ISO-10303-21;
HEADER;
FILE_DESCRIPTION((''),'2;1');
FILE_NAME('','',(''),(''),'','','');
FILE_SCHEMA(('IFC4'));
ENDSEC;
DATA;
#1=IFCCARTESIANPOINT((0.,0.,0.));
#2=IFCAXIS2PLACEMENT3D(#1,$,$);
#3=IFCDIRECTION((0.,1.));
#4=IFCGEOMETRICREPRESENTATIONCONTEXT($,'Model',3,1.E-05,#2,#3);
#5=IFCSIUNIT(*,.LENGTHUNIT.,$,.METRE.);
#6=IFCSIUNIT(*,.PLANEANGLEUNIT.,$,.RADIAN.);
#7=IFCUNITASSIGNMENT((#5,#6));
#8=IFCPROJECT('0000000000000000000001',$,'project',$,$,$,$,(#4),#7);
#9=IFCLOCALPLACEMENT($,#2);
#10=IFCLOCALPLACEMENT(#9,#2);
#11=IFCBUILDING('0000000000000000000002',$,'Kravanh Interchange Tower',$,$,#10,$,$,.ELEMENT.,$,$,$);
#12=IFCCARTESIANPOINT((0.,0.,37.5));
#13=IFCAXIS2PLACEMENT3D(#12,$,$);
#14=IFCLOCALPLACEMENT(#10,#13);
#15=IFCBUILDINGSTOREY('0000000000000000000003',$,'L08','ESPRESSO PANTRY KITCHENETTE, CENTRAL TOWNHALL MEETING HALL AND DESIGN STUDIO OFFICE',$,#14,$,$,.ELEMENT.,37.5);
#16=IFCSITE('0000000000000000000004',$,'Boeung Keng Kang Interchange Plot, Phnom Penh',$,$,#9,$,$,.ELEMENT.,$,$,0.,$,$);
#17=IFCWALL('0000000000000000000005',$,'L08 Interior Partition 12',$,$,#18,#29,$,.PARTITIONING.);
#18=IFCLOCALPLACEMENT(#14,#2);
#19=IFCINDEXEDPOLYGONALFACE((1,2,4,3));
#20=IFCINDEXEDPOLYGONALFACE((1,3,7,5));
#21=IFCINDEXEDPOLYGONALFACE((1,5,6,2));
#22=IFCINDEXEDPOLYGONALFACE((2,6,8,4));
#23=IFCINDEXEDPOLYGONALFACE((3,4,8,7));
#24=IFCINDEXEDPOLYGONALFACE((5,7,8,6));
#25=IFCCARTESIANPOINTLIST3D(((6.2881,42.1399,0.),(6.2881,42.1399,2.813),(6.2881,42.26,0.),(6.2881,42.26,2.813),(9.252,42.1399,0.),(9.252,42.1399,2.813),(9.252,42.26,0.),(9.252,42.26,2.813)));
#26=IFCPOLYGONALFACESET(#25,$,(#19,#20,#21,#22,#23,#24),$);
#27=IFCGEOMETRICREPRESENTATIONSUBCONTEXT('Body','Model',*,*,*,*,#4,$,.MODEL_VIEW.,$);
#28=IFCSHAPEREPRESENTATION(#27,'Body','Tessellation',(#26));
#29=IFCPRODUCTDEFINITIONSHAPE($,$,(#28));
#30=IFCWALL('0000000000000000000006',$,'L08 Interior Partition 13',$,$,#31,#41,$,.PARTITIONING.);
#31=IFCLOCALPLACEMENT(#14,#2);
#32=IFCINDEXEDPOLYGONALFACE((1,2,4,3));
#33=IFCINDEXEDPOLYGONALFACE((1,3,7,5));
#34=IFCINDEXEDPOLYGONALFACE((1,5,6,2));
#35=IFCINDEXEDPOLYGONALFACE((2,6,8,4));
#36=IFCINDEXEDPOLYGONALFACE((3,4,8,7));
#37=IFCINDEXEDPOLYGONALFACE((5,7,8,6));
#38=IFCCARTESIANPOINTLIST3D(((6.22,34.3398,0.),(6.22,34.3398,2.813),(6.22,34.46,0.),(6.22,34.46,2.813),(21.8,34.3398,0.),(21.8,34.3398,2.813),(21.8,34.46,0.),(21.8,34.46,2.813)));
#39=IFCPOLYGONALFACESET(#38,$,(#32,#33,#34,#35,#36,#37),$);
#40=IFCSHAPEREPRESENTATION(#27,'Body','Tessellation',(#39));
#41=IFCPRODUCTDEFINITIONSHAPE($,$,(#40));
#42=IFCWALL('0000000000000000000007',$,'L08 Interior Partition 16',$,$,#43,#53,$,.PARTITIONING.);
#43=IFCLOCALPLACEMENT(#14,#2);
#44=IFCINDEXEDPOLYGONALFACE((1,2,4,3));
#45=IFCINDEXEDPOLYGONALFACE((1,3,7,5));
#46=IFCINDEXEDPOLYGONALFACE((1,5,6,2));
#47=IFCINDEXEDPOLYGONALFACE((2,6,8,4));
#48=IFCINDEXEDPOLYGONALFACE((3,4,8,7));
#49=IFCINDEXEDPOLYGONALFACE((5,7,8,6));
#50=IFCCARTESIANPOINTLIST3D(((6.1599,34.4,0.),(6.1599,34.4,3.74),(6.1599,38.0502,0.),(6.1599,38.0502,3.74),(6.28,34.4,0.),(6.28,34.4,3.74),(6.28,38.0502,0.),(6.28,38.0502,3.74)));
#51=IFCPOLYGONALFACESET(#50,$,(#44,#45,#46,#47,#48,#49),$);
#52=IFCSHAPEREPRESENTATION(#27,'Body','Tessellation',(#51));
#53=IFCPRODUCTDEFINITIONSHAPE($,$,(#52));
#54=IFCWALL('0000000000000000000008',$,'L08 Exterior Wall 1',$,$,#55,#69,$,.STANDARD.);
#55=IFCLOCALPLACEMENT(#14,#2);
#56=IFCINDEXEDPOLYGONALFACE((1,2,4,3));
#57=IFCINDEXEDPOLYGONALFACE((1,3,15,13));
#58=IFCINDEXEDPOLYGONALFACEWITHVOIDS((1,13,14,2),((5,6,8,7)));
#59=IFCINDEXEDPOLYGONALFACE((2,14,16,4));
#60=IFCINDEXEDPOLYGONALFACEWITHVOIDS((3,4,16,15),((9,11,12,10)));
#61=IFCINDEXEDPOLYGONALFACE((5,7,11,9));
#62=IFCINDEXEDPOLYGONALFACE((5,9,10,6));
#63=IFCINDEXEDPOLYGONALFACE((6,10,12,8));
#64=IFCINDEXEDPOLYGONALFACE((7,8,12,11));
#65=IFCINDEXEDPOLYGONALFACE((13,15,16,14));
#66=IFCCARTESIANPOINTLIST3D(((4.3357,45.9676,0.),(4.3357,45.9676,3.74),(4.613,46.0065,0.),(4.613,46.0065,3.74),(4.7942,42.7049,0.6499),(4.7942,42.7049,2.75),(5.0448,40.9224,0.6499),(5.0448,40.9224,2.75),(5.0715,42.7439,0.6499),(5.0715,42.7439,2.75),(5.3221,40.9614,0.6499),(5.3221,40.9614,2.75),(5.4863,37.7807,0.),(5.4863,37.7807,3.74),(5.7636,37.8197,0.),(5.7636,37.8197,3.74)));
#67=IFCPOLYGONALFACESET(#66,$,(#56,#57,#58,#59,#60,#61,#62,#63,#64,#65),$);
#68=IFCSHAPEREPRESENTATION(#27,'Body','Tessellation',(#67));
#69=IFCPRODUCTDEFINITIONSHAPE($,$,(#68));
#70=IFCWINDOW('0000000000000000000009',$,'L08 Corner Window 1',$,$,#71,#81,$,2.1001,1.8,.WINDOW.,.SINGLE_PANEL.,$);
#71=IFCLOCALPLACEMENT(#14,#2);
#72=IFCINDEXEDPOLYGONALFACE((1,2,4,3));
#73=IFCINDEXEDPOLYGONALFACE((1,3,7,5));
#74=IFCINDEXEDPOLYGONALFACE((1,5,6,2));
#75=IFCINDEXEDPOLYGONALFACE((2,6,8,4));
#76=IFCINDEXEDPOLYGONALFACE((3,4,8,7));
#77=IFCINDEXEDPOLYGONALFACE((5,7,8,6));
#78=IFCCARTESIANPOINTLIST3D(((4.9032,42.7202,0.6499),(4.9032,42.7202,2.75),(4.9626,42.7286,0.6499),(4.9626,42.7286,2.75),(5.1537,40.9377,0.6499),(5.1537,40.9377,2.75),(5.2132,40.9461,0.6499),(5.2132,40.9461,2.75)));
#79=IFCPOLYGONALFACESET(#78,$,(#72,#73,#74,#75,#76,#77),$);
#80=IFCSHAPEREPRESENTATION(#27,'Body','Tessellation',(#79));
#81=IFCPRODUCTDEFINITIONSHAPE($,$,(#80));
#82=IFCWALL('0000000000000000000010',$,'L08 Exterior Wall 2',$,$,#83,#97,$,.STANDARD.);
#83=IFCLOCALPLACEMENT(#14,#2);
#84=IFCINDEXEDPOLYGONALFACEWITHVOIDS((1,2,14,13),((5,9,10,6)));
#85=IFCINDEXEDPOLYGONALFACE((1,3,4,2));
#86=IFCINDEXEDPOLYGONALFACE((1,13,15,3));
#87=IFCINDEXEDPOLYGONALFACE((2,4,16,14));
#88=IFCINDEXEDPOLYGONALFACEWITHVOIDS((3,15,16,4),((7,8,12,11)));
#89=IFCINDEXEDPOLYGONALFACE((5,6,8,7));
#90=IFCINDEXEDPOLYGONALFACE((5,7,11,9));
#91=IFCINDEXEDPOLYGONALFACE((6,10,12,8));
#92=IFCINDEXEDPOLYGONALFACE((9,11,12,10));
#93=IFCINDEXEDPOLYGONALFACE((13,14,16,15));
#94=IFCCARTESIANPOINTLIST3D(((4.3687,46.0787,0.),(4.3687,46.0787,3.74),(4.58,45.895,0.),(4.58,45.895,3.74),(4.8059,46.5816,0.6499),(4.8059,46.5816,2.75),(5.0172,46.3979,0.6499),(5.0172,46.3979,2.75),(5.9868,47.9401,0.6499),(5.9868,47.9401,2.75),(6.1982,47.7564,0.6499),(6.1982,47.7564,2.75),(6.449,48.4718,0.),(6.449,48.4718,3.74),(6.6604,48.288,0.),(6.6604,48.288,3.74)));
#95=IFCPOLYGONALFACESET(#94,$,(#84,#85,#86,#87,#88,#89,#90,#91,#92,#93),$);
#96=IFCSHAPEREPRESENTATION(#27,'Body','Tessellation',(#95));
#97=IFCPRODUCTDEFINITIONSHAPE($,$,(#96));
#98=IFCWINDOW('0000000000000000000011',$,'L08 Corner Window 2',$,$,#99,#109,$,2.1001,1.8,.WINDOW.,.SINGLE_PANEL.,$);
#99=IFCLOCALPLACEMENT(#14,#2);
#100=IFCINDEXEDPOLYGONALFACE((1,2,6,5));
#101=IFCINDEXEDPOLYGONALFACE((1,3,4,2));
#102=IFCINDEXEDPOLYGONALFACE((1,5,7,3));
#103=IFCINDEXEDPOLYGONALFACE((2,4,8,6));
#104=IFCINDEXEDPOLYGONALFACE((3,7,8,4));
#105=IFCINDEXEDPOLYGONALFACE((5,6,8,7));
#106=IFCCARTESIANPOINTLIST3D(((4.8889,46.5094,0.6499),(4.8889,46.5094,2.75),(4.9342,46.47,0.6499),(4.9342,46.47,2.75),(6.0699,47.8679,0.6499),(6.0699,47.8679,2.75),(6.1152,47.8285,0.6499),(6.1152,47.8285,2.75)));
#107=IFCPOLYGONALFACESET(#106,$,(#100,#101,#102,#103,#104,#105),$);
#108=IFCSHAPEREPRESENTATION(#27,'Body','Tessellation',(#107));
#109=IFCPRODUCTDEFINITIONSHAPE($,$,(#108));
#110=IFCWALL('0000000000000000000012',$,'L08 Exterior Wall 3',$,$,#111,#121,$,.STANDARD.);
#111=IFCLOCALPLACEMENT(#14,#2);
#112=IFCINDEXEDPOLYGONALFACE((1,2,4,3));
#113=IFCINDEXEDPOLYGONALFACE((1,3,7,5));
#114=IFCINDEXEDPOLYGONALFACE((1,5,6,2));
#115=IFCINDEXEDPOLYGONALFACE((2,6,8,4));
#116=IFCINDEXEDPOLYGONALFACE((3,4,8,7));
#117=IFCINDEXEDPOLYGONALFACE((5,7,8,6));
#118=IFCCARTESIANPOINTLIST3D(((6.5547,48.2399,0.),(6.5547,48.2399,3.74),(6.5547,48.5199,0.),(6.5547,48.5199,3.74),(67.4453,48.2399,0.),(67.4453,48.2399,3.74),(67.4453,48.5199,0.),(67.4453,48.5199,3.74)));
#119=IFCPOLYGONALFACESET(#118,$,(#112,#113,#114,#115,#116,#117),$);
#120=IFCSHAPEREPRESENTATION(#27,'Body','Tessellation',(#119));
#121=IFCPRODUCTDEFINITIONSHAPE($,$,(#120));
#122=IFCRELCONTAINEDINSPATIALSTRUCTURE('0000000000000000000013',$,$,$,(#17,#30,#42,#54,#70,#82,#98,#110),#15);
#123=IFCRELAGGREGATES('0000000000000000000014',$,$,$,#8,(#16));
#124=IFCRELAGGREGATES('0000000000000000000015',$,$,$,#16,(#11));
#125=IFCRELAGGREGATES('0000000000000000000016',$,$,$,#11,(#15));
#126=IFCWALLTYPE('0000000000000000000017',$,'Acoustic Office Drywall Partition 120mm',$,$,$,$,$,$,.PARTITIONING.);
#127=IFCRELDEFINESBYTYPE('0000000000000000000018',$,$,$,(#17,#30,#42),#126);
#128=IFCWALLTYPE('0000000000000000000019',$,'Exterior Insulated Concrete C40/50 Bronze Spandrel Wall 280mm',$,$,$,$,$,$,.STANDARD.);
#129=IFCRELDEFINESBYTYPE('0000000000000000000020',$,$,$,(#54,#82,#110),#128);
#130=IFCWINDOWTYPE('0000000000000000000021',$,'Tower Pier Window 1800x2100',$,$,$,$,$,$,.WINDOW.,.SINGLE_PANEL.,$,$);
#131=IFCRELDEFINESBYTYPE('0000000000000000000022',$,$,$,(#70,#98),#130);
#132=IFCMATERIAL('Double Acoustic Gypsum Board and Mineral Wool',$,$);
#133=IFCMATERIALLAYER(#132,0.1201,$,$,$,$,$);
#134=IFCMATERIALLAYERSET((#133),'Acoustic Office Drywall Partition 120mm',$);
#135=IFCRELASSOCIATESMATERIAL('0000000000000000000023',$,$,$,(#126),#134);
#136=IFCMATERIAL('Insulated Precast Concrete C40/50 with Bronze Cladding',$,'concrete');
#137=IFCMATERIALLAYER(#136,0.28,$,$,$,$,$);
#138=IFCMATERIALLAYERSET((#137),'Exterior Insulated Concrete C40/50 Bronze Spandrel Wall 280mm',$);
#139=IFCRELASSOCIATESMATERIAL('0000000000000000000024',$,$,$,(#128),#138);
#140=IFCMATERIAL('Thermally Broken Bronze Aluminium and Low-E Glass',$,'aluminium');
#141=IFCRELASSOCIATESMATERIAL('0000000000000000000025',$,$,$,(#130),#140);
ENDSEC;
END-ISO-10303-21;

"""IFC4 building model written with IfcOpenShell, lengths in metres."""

from ifc_helpers import new_model, si_unit, direction, frame, frame_2d, origin, place, context, subcontext, project, spatial, rectangle, extrude, material, layer, layer_set, type_object, element, fill, save


model = new_model("IFC4")

# Units and contexts
model_context = context("Model", 3, precision=1e-05, world=origin(), true_north=direction((0.0, 1.0)))
body_context = subcontext(model_context, "Body", "Model", "MODEL_VIEW")
ifc_project = project(units=[si_unit("LENGTHUNIT", "METRE"), si_unit("PLANEANGLEUNIT", "RADIAN")], contexts=[model_context])

# Site, building, storey
site_placement = place(None, origin())
site = spatial("IfcSite", under=ifc_project, at=site_placement, Name="Boeung Keng Kang Interchange Plot, Phnom Penh", CompositionType="ELEMENT", RefElevation=0.0)
building_placement = place(site_placement, origin())
building = spatial("IfcBuilding", under=site, at=building_placement, Name="Kravanh Interchange Tower", CompositionType="ELEMENT")
storey_placement = place(building_placement, frame((0.0, 0.0, 37.5)))
storey = spatial("IfcBuildingStorey", under=building, at=storey_placement, Name="L08", Description="ESPRESSO PANTRY KITCHENETTE, CENTRAL TOWNHALL MEETING HALL AND DESIGN STUDIO OFFICE", CompositionType="ELEMENT", Elevation=37.5)

# Shared definitions
ifc_material_1 = material(Name="Double Acoustic Gypsum Board and Mineral Wool")
ifc_layer_1 = layer(ifc_material_1, 0.1201)
ifc_layer_set_1 = layer_set([ifc_layer_1], Name="Acoustic Office Drywall Partition 120mm")
wall_type_1 = type_object("IfcWallType", Name="Acoustic Office Drywall Partition 120mm", PredefinedType="PARTITIONING", material=ifc_layer_set_1)

# Walls
wall_1_placement = place(storey_placement, frame((6.2881, 42.2, 0.0), z_axis=(0.0, 0.0, 1.0), x_axis=(1.0, 0.0, 0.0)))
element("IfcWall", 1, at=wall_1_placement, inside=storey, type_object=wall_type_1, Name="L08 Interior Partition 12", PredefinedType="PARTITIONING", context=body_context, shape_type="SweptSolid", body=[
    extrude(rectangle(XDim=2.9639, YDim=0.1201, at=frame_2d((1.4819, 0.0))), origin(), (0.0, 0.0, 1.0), 2.813),
])
wall_2_placement = place(storey_placement, frame((6.22, 34.3999, 0.0), z_axis=(0.0, 0.0, 1.0), x_axis=(1.0, 0.0, 0.0)))
element("IfcWall", 2, at=wall_2_placement, inside=storey, type_object=wall_type_1, Name="L08 Interior Partition 13", PredefinedType="PARTITIONING", context=body_context, shape_type="SweptSolid", body=[
    extrude(rectangle(XDim=15.5801, YDim=0.1201, at=frame_2d((7.79, 0.0))), origin(), (0.0, 0.0, 1.0), 2.813),
])
wall_3_placement = place(storey_placement, frame((6.22, 34.3999, 0.0), z_axis=(0.0, 0.0, 1.0), x_axis=(0.0, 1.0, 0.0)))
element("IfcWall", 3, at=wall_3_placement, inside=storey, type_object=wall_type_1, Name="L08 Interior Partition 16", PredefinedType="PARTITIONING", context=body_context, shape_type="SweptSolid", body=[
    extrude(rectangle(XDim=3.6501, YDim=0.1201, at=frame_2d((1.8252, 0.0))), origin(), (0.0, 0.0, 1.0), 3.74),
])

# Walls, openings, windows
ifc_material_2 = material(Name="Insulated Precast Concrete C40/50 with Bronze Cladding", Category="concrete")
ifc_layer_2 = layer(ifc_material_2, 0.28)
ifc_layer_set_2 = layer_set([ifc_layer_2], Name="Exterior Insulated Concrete C40/50 Bronze Spandrel Wall 280mm")
wall_type_2 = type_object("IfcWallType", Name="Exterior Insulated Concrete C40/50 Bronze Spandrel Wall 280mm", PredefinedType="STANDARD", material=ifc_layer_set_2)
wall_4_placement = place(storey_placement, frame((5.625, 37.8, 0.0), z_axis=(0.0, 0.0, 1.0), x_axis=(-0.13918, 0.990267, 0.0)))
wall_4 = element("IfcWall", 4, at=wall_4_placement, inside=storey, type_object=wall_type_2, Name="L08 Exterior Wall 1", PredefinedType="STANDARD", context=body_context, shape_type="SweptSolid", body=[
    extrude(rectangle(XDim=8.2673, YDim=0.28, at=frame_2d((4.1338, 0.0))), origin(), (0.0, 0.0, 1.0), 3.74),
])
opening_1_placement = place(wall_4_placement, frame((3.1729, 0.0, 0.6499)))
opening_1 = element("IfcOpeningElement", 5, at=opening_1_placement, cuts=wall_4, PredefinedType="OPENING", context=body_context, shape_type="SweptSolid", body=[
    extrude(rectangle(XDim=1.8, YDim=2.1001, at=frame_2d((0.8999, 1.05))), frame((0.0, 0.1499, 0.0), z_axis=(0.0, -1.0, 0.0), x_axis=(1.0, 0.0, 0.0)), (0.0, 0.0, 1.0), 0.3),
])
ifc_material_3 = material(Name="Thermally Broken Bronze Aluminium and Low-E Glass", Category="aluminium")
window_type = type_object("IfcWindowType", Name="Tower Pier Window 1800x2100", PartitioningType="SINGLE_PANEL", PredefinedType="WINDOW", material=ifc_material_3)
window_1_placement = place(opening_1_placement, origin())
window_1 = element("IfcWindow", 6, at=window_1_placement, inside=storey, type_object=window_type, Name="L08 Corner Window 1", OverallHeight=2.1001, OverallWidth=1.8, PartitioningType="SINGLE_PANEL", PredefinedType="WINDOW", context=body_context, shape_type="SweptSolid", body=[
    extrude(rectangle(XDim=1.8, YDim=2.1001, at=frame_2d((0.8999, 1.05))), frame((0.0, 0.03, 0.0), z_axis=(0.0, -1.0, 0.0), x_axis=(1.0, 0.0, 0.0)), (0.0, 0.0, 1.0), 0.0601),
])
fill(opening_1, window_1)
wall_5_placement = place(storey_placement, frame((4.4744, 45.9868, 0.0), z_axis=(0.0, 0.0, 1.0), x_axis=(0.65607, 0.7547, 0.0)))
wall_5 = element("IfcWall", 7, at=wall_5_placement, inside=storey, type_object=wall_type_2, Name="L08 Exterior Wall 2", PredefinedType="STANDARD", context=body_context, shape_type="SweptSolid", body=[
    extrude(rectangle(XDim=3.1709, YDim=0.28, at=frame_2d((1.5854, 0.0))), origin(), (0.0, 0.0, 1.0), 3.74),
])
opening_2_placement = place(wall_5_placement, frame((0.6665, 0.0, 0.6499)))
opening_2 = element("IfcOpeningElement", 8, at=opening_2_placement, cuts=wall_5, PredefinedType="OPENING", context=body_context, shape_type="SweptSolid", body=[
    extrude(rectangle(XDim=1.8, YDim=2.1001, at=frame_2d((0.8999, 1.05))), frame((0.0, 0.1499, 0.0), z_axis=(0.0, -1.0, 0.0), x_axis=(1.0, 0.0, 0.0)), (0.0, 0.0, 1.0), 0.3),
])
window_2_placement = place(opening_2_placement, origin())
window_2 = element("IfcWindow", 9, at=window_2_placement, inside=storey, type_object=window_type, Name="L08 Corner Window 2", OverallHeight=2.1001, OverallWidth=1.8, PartitioningType="SINGLE_PANEL", PredefinedType="WINDOW", context=body_context, shape_type="SweptSolid", body=[
    extrude(rectangle(XDim=1.8, YDim=2.1001, at=frame_2d((0.8999, 1.05))), frame((0.0, 0.03, 0.0), z_axis=(0.0, -1.0, 0.0), x_axis=(1.0, 0.0, 0.0)), (0.0, 0.0, 1.0), 0.0601),
])
fill(opening_2, window_2)

# Wall
wall_6_placement = place(storey_placement, frame((6.5547, 48.3799, 0.0), z_axis=(0.0, 0.0, 1.0), x_axis=(1.0, 0.0, 0.0)))
element("IfcWall", 10, at=wall_6_placement, inside=storey, type_object=wall_type_2, Name="L08 Exterior Wall 3", PredefinedType="STANDARD", context=body_context, shape_type="SweptSolid", body=[
    extrude(rectangle(XDim=60.8906, YDim=0.28, at=frame_2d((30.4453, 0.0))), origin(), (0.0, 0.0, 1.0), 3.74),
])

save(model, "model.ifc")
